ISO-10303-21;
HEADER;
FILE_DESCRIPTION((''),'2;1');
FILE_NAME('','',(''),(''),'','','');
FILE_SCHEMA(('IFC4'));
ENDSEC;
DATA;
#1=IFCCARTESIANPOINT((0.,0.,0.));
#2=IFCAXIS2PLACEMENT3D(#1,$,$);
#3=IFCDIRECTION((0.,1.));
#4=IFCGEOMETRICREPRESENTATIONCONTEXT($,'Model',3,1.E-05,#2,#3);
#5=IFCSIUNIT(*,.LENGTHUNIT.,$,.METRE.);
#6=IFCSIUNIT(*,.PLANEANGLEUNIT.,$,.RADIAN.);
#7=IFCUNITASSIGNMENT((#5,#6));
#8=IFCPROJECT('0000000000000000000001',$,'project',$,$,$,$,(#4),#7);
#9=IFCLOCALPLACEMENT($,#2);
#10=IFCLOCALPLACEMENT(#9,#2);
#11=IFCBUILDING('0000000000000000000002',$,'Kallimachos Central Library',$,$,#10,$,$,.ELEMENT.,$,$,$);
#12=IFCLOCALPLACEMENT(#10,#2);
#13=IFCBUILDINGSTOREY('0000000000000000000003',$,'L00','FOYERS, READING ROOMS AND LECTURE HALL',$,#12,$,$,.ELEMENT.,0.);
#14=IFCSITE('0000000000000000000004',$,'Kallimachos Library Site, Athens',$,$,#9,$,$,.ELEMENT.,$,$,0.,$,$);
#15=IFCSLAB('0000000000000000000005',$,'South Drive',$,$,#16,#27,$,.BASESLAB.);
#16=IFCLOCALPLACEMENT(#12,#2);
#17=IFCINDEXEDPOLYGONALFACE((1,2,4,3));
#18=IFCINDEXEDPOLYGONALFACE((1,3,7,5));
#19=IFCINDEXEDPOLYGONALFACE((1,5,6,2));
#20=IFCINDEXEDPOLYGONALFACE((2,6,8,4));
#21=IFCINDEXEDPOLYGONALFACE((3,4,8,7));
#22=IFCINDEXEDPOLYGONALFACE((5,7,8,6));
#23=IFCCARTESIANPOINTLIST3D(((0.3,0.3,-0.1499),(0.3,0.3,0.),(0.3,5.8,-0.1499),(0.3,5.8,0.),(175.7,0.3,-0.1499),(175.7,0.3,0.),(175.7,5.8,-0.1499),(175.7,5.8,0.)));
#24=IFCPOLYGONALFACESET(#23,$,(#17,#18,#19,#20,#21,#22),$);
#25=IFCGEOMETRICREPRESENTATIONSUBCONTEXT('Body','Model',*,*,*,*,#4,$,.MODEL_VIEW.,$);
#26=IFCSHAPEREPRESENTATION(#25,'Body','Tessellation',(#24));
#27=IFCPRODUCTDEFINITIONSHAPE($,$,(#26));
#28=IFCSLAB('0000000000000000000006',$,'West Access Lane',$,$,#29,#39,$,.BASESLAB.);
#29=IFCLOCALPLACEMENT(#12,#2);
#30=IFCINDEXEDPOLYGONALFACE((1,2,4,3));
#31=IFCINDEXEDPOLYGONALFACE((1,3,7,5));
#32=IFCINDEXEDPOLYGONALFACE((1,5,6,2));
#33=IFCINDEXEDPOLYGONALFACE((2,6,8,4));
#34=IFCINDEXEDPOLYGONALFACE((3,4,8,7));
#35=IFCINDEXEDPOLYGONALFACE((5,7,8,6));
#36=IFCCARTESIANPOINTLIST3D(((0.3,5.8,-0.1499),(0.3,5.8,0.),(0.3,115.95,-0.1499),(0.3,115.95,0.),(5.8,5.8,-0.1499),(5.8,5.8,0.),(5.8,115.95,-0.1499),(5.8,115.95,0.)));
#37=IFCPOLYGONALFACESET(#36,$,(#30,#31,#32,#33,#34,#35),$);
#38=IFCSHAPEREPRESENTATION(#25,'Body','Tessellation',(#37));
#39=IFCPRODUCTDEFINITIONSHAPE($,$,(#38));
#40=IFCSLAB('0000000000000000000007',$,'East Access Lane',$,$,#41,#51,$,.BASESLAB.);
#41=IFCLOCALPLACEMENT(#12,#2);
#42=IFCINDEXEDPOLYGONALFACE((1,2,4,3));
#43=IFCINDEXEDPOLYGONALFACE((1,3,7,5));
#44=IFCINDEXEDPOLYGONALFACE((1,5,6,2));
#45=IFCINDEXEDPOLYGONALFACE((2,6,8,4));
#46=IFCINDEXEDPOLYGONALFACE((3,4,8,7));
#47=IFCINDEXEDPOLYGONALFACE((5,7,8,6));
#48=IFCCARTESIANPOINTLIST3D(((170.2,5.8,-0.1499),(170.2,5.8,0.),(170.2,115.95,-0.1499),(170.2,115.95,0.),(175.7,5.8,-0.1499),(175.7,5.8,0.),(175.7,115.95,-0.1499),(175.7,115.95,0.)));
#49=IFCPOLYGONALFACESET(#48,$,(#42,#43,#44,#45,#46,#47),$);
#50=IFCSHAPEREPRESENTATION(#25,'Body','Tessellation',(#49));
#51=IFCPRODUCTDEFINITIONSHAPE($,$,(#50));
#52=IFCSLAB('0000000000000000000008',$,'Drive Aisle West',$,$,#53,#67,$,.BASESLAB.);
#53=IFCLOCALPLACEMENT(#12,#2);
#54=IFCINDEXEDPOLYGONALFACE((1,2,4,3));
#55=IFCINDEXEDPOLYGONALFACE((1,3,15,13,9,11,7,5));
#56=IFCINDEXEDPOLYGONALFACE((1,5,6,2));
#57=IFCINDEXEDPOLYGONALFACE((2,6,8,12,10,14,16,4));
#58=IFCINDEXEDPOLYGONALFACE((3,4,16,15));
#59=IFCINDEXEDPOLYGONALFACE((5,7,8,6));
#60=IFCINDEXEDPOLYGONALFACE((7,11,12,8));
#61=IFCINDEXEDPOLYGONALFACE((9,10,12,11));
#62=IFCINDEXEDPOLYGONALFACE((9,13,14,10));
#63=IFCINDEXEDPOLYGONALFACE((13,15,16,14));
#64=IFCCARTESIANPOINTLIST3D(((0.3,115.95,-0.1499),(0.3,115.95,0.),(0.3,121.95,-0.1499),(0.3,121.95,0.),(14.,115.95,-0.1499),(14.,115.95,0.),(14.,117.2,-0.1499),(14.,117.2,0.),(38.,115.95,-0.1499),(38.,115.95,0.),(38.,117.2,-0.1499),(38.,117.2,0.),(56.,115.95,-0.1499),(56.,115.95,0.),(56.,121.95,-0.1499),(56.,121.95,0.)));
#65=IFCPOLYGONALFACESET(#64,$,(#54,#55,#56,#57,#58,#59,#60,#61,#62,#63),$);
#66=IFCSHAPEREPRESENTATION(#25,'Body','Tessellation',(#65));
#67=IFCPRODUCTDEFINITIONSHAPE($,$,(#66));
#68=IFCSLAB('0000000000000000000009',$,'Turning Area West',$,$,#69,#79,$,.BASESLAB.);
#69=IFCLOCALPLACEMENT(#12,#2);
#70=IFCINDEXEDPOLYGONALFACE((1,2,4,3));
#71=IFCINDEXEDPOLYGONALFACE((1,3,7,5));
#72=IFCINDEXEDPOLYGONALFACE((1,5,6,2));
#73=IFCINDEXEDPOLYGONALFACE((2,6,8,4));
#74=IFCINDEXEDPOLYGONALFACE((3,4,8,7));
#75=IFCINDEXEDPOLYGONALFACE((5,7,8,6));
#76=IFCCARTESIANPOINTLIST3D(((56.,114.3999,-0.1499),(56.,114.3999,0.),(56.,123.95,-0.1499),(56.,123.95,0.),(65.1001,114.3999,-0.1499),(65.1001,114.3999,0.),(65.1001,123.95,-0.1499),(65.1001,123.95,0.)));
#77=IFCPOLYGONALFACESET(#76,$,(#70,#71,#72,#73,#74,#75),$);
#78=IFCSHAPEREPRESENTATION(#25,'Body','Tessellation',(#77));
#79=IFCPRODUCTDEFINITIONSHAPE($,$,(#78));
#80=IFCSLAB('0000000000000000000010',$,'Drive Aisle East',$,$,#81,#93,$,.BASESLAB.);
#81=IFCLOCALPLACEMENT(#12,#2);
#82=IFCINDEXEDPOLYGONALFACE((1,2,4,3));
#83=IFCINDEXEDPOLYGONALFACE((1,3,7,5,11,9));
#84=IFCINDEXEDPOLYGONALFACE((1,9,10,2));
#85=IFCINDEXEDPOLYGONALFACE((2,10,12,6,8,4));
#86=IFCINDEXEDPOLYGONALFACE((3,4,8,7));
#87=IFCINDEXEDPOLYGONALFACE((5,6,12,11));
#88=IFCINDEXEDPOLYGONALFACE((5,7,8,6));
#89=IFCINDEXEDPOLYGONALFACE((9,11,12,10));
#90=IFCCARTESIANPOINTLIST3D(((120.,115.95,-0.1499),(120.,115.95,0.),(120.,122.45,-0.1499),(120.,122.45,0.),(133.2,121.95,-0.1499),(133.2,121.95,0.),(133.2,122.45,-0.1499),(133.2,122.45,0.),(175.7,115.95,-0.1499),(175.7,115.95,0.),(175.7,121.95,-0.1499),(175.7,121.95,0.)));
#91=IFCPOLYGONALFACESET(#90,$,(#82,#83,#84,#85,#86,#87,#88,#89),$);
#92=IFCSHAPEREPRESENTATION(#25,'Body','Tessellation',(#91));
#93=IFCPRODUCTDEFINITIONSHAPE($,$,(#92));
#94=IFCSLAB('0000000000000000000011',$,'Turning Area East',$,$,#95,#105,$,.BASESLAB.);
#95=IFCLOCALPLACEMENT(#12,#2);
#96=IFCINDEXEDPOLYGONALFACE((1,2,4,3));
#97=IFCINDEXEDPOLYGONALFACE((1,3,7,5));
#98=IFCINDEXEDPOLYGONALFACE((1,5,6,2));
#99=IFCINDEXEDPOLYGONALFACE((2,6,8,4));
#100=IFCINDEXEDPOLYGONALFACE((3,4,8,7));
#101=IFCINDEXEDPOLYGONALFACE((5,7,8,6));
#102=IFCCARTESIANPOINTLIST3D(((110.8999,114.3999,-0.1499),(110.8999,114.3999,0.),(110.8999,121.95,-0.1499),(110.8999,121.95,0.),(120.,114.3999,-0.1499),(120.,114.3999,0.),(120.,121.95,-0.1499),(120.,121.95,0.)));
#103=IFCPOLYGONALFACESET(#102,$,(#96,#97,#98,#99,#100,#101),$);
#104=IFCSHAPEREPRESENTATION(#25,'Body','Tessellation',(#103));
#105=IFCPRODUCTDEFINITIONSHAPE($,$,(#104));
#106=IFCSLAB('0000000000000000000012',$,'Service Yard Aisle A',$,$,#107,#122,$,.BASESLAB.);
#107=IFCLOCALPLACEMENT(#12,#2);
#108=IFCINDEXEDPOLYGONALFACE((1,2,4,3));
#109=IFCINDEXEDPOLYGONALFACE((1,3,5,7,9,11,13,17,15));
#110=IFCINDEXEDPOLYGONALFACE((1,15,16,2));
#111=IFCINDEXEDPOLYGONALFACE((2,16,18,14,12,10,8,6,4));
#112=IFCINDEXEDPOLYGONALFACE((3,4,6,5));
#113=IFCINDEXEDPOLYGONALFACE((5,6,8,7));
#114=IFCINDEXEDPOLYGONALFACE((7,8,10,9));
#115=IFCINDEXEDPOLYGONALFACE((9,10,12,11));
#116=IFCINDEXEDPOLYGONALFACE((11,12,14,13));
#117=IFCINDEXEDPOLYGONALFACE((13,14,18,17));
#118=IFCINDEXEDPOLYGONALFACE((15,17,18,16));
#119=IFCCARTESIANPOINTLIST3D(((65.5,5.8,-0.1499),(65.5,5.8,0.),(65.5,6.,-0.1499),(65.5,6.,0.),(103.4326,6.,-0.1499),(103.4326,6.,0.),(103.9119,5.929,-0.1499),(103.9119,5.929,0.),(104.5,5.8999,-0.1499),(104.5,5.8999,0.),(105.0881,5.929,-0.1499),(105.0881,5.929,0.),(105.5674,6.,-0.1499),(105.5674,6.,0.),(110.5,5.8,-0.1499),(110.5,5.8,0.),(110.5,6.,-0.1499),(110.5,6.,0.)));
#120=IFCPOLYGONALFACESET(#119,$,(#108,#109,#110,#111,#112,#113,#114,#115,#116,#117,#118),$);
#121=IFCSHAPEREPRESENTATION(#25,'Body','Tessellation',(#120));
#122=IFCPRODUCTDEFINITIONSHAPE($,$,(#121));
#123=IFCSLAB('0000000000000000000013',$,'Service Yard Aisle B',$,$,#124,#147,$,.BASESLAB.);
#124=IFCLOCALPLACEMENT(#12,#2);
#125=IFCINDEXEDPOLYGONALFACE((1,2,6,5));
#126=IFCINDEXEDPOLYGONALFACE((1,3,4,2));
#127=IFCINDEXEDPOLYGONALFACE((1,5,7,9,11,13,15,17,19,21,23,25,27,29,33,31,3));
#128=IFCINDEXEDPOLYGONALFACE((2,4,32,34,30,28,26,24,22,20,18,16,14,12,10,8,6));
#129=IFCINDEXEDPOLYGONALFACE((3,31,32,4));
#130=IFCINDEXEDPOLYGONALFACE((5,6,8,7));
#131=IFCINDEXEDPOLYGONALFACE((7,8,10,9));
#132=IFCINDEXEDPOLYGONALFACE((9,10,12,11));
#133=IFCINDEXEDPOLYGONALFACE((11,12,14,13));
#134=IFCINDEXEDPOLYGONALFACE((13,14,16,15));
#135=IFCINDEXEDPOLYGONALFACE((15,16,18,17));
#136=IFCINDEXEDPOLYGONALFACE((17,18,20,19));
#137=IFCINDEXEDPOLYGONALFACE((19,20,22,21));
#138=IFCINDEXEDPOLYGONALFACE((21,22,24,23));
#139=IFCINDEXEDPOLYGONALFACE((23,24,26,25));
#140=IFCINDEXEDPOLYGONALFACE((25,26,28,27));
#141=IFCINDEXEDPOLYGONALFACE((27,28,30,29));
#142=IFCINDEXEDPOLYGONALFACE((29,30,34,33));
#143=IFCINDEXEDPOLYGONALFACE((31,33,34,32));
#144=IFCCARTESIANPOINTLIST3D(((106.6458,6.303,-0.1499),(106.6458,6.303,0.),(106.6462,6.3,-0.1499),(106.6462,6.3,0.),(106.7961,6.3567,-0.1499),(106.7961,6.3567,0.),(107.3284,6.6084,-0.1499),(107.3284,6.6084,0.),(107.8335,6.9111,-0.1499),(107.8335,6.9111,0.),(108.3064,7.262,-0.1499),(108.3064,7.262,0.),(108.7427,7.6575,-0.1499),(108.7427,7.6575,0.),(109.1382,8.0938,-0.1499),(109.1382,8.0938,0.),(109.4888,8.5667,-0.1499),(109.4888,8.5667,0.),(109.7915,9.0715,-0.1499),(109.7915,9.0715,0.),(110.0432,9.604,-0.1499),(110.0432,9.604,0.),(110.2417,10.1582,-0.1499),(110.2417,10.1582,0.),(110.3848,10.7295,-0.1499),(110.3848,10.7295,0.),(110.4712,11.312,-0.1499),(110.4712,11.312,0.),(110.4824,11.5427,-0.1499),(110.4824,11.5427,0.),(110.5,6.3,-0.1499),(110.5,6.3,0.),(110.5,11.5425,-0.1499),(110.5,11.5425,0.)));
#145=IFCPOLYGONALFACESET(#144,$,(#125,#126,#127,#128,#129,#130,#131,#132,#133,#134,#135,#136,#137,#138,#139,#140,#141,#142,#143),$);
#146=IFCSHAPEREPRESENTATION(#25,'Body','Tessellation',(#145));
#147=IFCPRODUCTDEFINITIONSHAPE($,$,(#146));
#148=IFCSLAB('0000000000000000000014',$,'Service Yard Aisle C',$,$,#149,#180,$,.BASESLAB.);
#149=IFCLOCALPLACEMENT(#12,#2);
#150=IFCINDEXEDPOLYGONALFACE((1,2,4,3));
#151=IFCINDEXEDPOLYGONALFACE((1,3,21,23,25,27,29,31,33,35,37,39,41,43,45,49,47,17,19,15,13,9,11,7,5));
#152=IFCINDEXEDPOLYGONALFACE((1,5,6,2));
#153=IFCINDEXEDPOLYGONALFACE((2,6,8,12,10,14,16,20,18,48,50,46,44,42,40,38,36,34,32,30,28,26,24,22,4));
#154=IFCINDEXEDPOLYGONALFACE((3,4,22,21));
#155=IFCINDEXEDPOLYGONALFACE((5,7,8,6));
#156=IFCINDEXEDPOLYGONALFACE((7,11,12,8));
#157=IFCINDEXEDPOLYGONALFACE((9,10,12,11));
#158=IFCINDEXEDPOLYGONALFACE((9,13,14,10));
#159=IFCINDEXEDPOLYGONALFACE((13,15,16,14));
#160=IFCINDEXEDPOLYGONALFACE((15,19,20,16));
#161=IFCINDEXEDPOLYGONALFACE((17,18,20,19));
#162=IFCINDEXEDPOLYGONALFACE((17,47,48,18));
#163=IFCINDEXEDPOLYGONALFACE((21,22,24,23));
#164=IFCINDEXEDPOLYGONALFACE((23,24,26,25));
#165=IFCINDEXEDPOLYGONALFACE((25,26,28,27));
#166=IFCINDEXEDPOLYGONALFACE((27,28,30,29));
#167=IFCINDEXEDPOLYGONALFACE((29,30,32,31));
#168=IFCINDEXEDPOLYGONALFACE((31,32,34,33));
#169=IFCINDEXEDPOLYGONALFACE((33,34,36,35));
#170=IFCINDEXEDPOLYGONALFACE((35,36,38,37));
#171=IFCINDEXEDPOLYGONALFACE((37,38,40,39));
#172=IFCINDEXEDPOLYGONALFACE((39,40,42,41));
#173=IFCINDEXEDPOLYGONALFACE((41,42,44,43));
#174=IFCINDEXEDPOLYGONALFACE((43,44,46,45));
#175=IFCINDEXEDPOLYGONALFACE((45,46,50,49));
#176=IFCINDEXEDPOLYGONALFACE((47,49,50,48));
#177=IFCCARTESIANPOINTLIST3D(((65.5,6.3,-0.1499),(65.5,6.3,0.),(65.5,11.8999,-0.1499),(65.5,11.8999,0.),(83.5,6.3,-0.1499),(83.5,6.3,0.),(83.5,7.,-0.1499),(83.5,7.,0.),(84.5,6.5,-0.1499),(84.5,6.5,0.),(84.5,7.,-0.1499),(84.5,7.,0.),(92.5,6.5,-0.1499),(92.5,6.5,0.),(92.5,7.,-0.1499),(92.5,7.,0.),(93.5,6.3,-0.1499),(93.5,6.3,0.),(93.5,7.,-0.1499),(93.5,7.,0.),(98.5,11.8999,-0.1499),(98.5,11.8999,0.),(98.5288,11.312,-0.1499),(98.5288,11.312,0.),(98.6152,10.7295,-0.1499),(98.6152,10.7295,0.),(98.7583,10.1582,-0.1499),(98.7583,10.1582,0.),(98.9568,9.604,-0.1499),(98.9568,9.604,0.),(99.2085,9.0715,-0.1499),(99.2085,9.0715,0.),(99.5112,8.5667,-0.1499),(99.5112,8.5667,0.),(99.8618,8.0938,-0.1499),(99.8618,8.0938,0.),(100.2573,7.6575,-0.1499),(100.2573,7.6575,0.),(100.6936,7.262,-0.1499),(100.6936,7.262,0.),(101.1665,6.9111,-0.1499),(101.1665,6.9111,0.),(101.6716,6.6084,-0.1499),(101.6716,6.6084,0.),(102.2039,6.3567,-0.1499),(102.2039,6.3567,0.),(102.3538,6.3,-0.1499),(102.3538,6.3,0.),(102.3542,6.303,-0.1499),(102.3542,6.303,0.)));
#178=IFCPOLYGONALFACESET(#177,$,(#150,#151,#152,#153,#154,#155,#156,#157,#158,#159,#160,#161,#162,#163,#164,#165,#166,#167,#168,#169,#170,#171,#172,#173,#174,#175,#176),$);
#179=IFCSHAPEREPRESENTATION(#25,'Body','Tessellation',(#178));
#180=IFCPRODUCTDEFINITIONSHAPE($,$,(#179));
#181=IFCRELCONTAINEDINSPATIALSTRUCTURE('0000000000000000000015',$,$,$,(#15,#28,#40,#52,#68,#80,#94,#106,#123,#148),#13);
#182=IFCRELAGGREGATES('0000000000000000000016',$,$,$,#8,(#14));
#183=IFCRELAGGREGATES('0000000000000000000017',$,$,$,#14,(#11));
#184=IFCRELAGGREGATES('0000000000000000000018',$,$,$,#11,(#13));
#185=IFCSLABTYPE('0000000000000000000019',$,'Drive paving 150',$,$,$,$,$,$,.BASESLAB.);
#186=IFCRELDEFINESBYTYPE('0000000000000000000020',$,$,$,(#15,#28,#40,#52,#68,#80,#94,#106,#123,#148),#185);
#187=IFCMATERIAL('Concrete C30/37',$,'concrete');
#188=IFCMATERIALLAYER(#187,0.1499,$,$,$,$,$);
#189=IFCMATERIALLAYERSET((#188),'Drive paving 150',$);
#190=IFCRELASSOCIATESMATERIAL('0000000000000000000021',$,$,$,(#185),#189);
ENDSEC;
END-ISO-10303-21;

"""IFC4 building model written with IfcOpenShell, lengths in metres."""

from ifc_helpers import new_model, si_unit, direction, frame, origin, place, context, subcontext, project, spatial, polyline, outline, extrude, material, layer, layer_set, type_object, element, save


model = new_model("IFC4")

# Units and contexts
model_context = context("Model", 3, precision=1e-05, world=origin(), true_north=direction((0.0, 1.0)))
body_context = subcontext(model_context, "Body", "Model", "MODEL_VIEW")
ifc_project = project(units=[si_unit("LENGTHUNIT", "METRE"), si_unit("PLANEANGLEUNIT", "RADIAN")], contexts=[model_context])

# Site, building, storey
site_placement = place(None, origin())
site = spatial("IfcSite", under=ifc_project, at=site_placement, Name="Kallimachos Library Site, Athens", CompositionType="ELEMENT", RefElevation=0.0)
building_placement = place(site_placement, origin())
building = spatial("IfcBuilding", under=site, at=building_placement, Name="Kallimachos Central Library", CompositionType="ELEMENT")
storey_placement = place(building_placement, origin())
storey = spatial("IfcBuildingStorey", under=building, at=storey_placement, Name="L00", Description="FOYERS, READING ROOMS AND LECTURE HALL", CompositionType="ELEMENT", Elevation=0.0)

# Slabs
ifc_material_1 = material(Name="Concrete C30/37", Category="concrete")
ifc_layer_1 = layer(ifc_material_1, 0.1499)
ifc_layer_set_1 = layer_set([ifc_layer_1], Name="Drive paving 150")
slab_type_1 = type_object("IfcSlabType", Name="Drive paving 150", PredefinedType="BASESLAB", material=ifc_layer_set_1)
slab_1_placement = place(storey_placement, frame((0.0, 0.0, -0.1499)))
element("IfcSlab", 1, at=slab_1_placement, inside=storey, type_object=slab_type_1, Name="South Drive", PredefinedType="BASESLAB", context=body_context, shape_type="SweptSolid", body=[
    extrude(outline(polyline([(0.3, 0.3), (0.3, 5.8), (175.7, 5.8), (175.7, 0.3), (0.3, 0.3)])), origin(), (0.0, 0.0, 1.0), 0.1499),
])
slab_2_placement = place(storey_placement, frame((0.0, 0.0, -0.1499)))
element("IfcSlab", 2, at=slab_2_placement, inside=storey, type_object=slab_type_1, Name="West Access Lane", PredefinedType="BASESLAB", context=body_context, shape_type="SweptSolid", body=[
    extrude(outline(polyline([(5.8, 5.8), (0.3, 5.8), (0.3, 115.95), (5.8, 115.95), (5.8, 5.8)])), origin(), (0.0, 0.0, 1.0), 0.1499),
])
slab_3_placement = place(storey_placement, frame((0.0, 0.0, -0.1499)))
element("IfcSlab", 3, at=slab_3_placement, inside=storey, type_object=slab_type_1, Name="East Access Lane", PredefinedType="BASESLAB", context=body_context, shape_type="SweptSolid", body=[
    extrude(outline(polyline([(170.2, 115.95), (175.7, 115.95), (175.7, 5.8), (170.2, 5.8), (170.2, 115.95)])), origin(), (0.0, 0.0, 1.0), 0.1499),
])
slab_4_placement = place(storey_placement, frame((0.0, 0.0, -0.1499)))
element("IfcSlab", 4, at=slab_4_placement, inside=storey, type_object=slab_type_1, Name="Drive Aisle West", PredefinedType="BASESLAB", context=body_context, shape_type="SweptSolid", body=[
    extrude(outline(polyline([(56.0, 121.95), (56.0, 115.95), (38.0, 115.95), (38.0, 117.2), (14.0, 117.2), (14.0, 115.95), (0.3, 115.95), (0.3, 121.95), (56.0, 121.95)])), origin(), (0.0, 0.0, 1.0), 0.1499),
])
slab_5_placement = place(storey_placement, frame((0.0, 0.0, -0.1499)))
element("IfcSlab", 5, at=slab_5_placement, inside=storey, type_object=slab_type_1, Name="Turning Area West", PredefinedType="BASESLAB", context=body_context, shape_type="SweptSolid", body=[
    extrude(outline(polyline([(65.1001, 114.3999), (56.0, 114.3999), (56.0, 123.95), (65.1001, 123.95), (65.1001, 114.3999)])), origin(), (0.0, 0.0, 1.0), 0.1499),
])
slab_6_placement = place(storey_placement, frame((0.0, 0.0, -0.1499)))
element("IfcSlab", 6, at=slab_6_placement, inside=storey, type_object=slab_type_1, Name="Drive Aisle East", PredefinedType="BASESLAB", context=body_context, shape_type="SweptSolid", body=[
    extrude(outline(polyline([(175.7, 115.95), (120.0, 115.95), (120.0, 122.45), (133.2, 122.45), (133.2, 121.95), (175.7, 121.95), (175.7, 115.95)])), origin(), (0.0, 0.0, 1.0), 0.1499),
])
slab_7_placement = place(storey_placement, frame((0.0, 0.0, -0.1499)))
element("IfcSlab", 7, at=slab_7_placement, inside=storey, type_object=slab_type_1, Name="Turning Area East", PredefinedType="BASESLAB", context=body_context, shape_type="SweptSolid", body=[
    extrude(outline(polyline([(120.0, 114.3999), (110.8999, 114.3999), (110.8999, 121.95), (120.0, 121.95), (120.0, 114.3999)])), origin(), (0.0, 0.0, 1.0), 0.1499),
])
slab_8_placement = place(storey_placement, frame((0.0, 0.0, -0.1499)))
element("IfcSlab", 8, at=slab_8_placement, inside=storey, type_object=slab_type_1, Name="Service Yard Aisle A", PredefinedType="BASESLAB", context=body_context, shape_type="SweptSolid", body=[
    extrude(outline(polyline([(65.5, 5.8), (65.5, 6.0), (103.4326, 6.0), (103.9119, 5.929), (104.5, 5.8999), (105.0881, 5.929), (105.5674, 6.0), (110.5, 6.0), (110.5, 5.8), (65.5, 5.8)])), origin(), (0.0, 0.0, 1.0), 0.1499),
])
slab_9_placement = place(storey_placement, frame((0.0, 0.0, -0.1499)))
element("IfcSlab", 9, at=slab_9_placement, inside=storey, type_object=slab_type_1, Name="Service Yard Aisle B", PredefinedType="BASESLAB", context=body_context, shape_type="SweptSolid", body=[
    extrude(outline(polyline([(106.7961, 6.3567), (107.3284, 6.6084), (107.8335, 6.9111), (108.3064, 7.262), (108.7427, 7.6575), (109.1382, 8.0938), (109.4888, 8.5667), (109.7915, 9.0715), (110.0432, 9.604), (110.2417, 10.1582), (110.3848, 10.7295), (110.4712, 11.312), (110.4824, 11.5427), (110.5, 11.5425), (110.5, 6.3), (106.6462, 6.3), (106.6458, 6.303), (106.7961, 6.3567)])), origin(), (0.0, 0.0, 1.0), 0.1499),
])
slab_10_placement = place(storey_placement, frame((0.0, 0.0, -0.1499)))
element("IfcSlab", 10, at=slab_10_placement, inside=storey, type_object=slab_type_1, Name="Service Yard Aisle C", PredefinedType="BASESLAB", context=body_context, shape_type="SweptSolid", body=[
    extrude(outline(polyline([(65.5, 11.8999), (98.5, 11.8999), (98.5288, 11.312), (98.6152, 10.7295), (98.7583, 10.1582), (98.9568, 9.604), (99.2085, 9.0715), (99.5112, 8.5667), (99.8618, 8.0938), (100.2573, 7.6575), (100.6936, 7.262), (101.1665, 6.9111), (101.6716, 6.6084), (102.2039, 6.3567), (102.3542, 6.303), (102.3538, 6.3), (93.5, 6.3), (93.5, 7.0), (92.5, 7.0), (92.5, 6.5), (84.5, 6.5), (84.5, 7.0), (83.5, 7.0), (83.5, 6.3), (65.5, 6.3), (65.5, 11.8999)])), origin(), (0.0, 0.0, 1.0), 0.1499),
])

save(model, "model.ifc")
